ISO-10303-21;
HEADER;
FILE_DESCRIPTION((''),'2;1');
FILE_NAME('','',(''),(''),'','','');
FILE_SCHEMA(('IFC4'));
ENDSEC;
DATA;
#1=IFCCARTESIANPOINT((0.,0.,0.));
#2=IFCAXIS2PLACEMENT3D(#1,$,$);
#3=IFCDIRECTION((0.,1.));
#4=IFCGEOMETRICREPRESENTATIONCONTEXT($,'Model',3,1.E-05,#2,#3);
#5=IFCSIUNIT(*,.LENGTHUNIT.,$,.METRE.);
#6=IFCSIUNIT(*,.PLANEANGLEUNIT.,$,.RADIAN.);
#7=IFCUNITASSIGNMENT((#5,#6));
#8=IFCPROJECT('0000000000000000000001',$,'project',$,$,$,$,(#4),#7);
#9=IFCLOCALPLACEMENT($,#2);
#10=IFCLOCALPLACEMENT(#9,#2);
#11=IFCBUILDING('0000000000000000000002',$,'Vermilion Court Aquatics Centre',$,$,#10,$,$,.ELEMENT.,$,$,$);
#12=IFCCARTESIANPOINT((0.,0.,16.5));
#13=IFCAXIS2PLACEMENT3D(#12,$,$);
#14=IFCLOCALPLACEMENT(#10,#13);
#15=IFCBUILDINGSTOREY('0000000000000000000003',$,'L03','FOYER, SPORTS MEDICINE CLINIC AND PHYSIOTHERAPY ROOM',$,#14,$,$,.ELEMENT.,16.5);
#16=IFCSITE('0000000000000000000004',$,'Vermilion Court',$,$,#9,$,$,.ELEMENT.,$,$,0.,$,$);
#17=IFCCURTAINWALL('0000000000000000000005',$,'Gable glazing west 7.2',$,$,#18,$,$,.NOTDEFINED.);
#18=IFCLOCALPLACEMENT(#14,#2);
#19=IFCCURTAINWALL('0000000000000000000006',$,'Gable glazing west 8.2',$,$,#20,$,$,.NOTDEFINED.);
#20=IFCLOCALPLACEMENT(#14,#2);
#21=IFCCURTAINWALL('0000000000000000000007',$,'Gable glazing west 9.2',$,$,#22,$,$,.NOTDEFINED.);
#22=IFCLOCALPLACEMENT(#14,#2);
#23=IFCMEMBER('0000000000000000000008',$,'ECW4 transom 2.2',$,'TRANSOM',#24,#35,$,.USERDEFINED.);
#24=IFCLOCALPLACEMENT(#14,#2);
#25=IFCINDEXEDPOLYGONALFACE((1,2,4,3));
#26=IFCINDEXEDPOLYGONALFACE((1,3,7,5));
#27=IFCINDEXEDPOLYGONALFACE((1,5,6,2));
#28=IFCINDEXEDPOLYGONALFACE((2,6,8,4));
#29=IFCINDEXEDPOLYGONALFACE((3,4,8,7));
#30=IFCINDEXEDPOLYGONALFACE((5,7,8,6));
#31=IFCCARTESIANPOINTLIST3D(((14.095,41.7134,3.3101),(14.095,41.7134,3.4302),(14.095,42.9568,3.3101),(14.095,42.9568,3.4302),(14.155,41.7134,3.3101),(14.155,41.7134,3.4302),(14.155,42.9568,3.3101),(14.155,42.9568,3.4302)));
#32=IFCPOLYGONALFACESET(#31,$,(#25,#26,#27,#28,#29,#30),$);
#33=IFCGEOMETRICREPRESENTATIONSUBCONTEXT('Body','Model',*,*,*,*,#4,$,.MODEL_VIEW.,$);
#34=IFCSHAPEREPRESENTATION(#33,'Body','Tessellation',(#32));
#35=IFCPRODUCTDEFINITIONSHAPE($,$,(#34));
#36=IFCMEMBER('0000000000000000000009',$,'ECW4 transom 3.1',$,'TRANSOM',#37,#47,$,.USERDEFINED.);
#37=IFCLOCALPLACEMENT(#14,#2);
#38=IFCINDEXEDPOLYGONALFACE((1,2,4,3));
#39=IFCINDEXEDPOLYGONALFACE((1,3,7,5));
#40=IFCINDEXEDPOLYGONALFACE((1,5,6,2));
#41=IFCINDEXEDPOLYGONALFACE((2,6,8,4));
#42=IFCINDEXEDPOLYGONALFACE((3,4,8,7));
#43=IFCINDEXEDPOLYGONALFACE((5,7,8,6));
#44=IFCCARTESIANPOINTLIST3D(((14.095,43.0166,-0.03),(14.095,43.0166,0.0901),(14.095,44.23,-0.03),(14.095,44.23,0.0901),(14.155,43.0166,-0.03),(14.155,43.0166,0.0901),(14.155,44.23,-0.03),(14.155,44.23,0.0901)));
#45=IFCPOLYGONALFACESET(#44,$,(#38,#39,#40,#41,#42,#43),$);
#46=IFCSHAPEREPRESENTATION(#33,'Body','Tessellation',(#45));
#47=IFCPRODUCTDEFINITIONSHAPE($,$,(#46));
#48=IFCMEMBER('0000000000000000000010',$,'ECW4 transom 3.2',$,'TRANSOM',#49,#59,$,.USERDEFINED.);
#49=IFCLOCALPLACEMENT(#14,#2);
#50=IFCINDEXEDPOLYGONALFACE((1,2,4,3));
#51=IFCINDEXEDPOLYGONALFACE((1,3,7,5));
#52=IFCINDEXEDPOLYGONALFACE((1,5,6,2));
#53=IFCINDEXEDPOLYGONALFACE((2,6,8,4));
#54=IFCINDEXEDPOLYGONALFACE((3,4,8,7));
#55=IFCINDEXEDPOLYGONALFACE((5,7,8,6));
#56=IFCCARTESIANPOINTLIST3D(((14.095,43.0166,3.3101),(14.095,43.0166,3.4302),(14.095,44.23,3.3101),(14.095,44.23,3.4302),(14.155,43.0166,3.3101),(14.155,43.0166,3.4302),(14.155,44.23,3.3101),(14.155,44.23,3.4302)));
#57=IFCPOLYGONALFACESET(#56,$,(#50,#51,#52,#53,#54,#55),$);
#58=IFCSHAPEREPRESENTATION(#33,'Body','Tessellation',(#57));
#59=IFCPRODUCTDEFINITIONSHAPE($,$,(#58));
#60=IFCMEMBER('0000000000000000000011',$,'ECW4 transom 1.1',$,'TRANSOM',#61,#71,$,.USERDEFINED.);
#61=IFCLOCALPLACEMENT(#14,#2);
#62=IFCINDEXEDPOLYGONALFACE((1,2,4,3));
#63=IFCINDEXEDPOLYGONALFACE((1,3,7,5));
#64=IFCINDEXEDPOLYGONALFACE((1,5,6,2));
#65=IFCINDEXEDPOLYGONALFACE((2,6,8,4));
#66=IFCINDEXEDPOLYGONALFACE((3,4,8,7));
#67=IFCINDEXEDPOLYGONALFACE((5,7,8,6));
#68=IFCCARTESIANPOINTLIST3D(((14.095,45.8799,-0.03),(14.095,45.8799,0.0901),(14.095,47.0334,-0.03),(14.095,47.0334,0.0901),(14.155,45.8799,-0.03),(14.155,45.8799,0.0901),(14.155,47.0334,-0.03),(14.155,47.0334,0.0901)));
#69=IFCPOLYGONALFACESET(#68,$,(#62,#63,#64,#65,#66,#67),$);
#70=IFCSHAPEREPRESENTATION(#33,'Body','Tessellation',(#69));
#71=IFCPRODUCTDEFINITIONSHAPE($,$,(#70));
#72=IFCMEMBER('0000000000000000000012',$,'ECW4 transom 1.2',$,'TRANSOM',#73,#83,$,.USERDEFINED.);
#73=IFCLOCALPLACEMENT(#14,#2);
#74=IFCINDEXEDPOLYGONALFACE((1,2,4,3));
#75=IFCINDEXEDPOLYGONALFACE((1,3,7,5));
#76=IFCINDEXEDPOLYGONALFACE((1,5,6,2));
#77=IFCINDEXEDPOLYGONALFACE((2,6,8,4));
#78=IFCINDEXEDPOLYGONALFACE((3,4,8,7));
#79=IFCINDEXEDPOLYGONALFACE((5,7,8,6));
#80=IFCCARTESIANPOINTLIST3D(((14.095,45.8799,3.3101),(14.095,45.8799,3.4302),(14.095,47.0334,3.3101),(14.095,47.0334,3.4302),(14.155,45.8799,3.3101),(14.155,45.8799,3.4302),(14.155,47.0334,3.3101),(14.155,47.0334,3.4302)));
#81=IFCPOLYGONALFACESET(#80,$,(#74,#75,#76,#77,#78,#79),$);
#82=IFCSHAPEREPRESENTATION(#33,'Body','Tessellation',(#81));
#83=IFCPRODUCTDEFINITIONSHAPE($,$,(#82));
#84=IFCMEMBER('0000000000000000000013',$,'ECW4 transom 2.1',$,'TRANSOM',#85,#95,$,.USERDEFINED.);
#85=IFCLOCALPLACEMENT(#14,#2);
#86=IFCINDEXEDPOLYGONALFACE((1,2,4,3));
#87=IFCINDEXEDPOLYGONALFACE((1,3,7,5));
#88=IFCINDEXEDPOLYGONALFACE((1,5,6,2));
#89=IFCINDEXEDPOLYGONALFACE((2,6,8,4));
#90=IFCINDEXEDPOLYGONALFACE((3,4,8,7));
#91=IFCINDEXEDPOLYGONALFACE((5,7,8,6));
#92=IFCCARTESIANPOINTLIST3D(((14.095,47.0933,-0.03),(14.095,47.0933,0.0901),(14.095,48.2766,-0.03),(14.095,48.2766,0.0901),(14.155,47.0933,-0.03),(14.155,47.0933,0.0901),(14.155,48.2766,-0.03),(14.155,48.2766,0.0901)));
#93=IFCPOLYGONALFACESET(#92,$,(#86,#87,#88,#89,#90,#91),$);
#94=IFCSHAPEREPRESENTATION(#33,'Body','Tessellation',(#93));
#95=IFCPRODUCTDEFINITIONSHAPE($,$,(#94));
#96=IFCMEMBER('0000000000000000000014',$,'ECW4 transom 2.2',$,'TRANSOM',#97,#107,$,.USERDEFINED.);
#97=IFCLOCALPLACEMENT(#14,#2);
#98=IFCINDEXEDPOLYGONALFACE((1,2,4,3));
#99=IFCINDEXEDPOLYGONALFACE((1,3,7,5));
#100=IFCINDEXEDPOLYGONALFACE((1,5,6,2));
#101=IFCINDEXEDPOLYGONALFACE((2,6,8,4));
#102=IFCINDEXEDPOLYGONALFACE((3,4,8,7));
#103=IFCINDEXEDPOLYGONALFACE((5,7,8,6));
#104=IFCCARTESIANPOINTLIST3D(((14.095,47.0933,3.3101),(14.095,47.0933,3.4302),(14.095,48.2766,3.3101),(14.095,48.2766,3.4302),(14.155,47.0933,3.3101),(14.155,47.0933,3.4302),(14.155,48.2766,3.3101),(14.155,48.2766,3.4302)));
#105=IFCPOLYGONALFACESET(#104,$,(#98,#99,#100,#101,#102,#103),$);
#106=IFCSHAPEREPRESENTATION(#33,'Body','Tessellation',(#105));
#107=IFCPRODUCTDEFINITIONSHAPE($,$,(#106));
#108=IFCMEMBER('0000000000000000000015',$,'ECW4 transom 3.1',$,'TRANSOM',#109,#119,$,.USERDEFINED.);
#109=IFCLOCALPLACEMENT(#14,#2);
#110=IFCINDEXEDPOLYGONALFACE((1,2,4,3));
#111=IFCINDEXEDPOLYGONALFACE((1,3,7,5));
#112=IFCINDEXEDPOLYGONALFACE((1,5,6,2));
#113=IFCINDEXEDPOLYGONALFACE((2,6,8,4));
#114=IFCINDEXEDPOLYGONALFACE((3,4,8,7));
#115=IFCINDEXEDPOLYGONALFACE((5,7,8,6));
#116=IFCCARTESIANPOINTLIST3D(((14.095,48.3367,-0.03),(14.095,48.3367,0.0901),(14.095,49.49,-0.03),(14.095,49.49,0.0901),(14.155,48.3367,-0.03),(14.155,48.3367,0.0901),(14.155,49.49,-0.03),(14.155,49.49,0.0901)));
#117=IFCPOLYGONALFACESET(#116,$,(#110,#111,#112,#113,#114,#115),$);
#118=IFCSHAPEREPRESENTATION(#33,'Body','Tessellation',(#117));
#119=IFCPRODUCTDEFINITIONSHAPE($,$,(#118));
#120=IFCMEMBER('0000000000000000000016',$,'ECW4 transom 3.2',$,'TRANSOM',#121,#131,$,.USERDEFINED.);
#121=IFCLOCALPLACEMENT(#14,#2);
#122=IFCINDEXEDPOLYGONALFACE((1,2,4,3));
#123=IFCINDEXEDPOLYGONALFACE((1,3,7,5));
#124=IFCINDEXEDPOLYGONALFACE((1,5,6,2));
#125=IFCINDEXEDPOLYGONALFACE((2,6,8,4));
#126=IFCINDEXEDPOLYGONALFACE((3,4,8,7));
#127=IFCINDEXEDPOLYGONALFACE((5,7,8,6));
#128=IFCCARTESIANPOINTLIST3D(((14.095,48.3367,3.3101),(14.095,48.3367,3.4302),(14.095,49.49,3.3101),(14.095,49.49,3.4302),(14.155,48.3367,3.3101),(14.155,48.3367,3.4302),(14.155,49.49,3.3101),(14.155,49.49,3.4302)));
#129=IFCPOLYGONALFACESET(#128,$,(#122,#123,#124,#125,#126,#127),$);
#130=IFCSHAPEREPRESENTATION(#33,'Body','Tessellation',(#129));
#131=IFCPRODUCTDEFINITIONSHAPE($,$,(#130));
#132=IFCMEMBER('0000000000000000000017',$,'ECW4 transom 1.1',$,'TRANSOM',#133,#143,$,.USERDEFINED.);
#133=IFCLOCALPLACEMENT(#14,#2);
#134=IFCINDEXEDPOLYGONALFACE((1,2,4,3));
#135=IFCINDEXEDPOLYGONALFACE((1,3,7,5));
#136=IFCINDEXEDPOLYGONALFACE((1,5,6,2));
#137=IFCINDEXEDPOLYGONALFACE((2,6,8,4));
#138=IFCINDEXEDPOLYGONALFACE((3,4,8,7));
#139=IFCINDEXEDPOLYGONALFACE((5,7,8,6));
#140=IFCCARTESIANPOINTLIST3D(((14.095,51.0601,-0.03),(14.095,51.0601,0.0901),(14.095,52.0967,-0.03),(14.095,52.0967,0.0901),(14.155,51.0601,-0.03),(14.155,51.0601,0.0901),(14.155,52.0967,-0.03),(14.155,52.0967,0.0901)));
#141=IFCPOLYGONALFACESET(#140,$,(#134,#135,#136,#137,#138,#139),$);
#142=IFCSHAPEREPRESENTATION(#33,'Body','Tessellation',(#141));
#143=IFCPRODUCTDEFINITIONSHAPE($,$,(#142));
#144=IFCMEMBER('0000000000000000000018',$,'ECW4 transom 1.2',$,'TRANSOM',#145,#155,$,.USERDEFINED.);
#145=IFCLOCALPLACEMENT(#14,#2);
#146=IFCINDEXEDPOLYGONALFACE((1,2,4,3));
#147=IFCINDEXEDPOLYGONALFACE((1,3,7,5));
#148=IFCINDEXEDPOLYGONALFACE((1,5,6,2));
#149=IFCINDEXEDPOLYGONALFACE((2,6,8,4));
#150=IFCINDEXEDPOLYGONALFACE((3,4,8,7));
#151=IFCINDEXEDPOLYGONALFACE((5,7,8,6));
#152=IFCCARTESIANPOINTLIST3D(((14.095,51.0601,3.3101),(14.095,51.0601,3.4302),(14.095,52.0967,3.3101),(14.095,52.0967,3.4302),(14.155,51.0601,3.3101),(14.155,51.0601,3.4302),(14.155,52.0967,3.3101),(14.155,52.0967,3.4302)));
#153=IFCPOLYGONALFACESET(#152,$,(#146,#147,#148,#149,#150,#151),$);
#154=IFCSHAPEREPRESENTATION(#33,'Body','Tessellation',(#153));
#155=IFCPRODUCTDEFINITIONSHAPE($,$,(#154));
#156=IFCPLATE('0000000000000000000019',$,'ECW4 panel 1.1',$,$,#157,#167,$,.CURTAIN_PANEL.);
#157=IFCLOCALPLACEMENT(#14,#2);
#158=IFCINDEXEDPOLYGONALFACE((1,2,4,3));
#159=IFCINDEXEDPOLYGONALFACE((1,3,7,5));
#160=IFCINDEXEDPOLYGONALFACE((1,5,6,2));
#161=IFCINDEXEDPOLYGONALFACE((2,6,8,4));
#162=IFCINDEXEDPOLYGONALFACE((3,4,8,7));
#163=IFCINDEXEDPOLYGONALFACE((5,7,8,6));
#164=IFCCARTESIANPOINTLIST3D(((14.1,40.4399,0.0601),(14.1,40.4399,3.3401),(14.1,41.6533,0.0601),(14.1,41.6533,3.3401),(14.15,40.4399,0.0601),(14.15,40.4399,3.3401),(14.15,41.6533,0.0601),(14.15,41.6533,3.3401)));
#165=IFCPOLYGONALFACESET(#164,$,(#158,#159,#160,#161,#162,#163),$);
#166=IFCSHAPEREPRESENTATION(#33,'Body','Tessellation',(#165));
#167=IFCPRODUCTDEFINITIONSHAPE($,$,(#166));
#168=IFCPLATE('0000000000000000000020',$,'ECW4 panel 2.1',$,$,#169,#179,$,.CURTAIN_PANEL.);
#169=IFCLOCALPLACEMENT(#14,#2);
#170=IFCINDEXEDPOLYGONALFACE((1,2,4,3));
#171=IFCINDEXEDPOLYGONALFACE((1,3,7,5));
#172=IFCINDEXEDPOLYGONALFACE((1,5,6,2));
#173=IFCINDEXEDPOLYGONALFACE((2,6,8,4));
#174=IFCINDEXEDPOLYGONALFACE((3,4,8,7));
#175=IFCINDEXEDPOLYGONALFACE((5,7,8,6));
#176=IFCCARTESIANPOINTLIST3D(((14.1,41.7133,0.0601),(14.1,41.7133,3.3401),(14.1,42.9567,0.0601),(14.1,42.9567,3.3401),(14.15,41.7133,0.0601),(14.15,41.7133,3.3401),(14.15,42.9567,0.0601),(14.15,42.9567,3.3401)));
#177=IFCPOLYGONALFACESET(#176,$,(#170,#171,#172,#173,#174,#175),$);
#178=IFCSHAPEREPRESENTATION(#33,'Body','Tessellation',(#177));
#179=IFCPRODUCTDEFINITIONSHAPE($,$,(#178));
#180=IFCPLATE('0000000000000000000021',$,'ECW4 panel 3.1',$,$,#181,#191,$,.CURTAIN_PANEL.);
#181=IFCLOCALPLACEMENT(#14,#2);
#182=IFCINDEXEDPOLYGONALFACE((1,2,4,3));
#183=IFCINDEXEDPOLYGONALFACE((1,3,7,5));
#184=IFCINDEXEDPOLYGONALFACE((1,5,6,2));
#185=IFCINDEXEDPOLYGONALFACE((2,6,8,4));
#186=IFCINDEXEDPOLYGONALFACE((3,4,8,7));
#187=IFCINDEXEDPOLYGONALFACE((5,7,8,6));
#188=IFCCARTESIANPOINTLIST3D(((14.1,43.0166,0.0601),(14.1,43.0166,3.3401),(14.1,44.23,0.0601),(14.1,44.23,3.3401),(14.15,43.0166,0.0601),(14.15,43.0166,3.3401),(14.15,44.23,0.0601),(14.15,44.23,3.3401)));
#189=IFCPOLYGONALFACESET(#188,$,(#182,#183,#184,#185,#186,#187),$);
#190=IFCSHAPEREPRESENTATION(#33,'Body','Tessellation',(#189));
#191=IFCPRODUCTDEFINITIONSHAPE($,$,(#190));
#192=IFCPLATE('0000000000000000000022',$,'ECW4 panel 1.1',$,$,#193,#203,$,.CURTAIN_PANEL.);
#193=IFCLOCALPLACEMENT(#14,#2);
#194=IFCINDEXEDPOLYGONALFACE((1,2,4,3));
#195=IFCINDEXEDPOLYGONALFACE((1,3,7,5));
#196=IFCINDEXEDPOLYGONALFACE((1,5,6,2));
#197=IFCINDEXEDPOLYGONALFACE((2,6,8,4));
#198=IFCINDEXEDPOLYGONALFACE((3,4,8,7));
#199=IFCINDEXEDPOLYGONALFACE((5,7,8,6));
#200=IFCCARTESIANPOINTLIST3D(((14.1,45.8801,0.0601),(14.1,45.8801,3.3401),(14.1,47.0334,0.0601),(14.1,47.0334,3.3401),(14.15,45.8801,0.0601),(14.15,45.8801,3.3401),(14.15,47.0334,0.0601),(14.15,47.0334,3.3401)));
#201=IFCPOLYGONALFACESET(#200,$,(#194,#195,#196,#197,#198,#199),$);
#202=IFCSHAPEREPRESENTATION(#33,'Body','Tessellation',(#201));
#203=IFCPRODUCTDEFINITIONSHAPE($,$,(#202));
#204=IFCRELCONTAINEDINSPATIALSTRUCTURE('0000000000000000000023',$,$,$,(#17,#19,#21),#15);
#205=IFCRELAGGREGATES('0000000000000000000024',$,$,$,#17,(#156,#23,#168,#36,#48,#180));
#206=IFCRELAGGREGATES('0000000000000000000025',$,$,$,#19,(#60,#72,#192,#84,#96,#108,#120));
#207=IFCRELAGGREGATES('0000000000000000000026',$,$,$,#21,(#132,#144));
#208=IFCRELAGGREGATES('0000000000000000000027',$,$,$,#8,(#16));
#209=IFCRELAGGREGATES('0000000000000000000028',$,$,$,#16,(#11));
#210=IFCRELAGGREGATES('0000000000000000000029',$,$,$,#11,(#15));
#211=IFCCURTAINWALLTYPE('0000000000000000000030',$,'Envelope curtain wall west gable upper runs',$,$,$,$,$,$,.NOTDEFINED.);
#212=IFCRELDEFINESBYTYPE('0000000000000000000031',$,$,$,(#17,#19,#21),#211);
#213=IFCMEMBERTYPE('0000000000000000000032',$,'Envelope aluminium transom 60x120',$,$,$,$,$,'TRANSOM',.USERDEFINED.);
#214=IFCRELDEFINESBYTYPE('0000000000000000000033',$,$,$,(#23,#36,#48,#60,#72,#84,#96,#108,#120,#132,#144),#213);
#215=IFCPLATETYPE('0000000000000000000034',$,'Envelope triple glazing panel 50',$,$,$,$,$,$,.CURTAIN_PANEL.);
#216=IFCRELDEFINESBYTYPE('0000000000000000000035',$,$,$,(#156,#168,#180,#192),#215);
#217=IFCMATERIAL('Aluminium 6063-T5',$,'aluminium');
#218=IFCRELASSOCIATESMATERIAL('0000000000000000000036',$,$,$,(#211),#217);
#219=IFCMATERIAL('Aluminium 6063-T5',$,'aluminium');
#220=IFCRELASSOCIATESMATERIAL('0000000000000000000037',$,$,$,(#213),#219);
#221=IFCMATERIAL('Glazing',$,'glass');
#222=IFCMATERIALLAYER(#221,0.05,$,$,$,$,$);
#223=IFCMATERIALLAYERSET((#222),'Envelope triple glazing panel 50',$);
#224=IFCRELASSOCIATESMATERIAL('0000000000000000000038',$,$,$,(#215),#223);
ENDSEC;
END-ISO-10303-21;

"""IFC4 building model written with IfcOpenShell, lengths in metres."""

from ifc_helpers import new_model, si_unit, direction, frame, origin, origin_2d, place, context, subcontext, project, spatial, rectangle, extrude, material, layer, layer_set, material_profile, profile_set, type_object, element, aggregate, save


model = new_model("IFC4")

# Units and contexts
model_context = context("Model", 3, precision=1e-05, world=origin(), true_north=direction((0.0, 1.0)))
body_context = subcontext(model_context, "Body", "Model", "MODEL_VIEW")
ifc_project = project(units=[si_unit("LENGTHUNIT", "METRE"), si_unit("PLANEANGLEUNIT", "RADIAN")], contexts=[model_context])

# Site, building, storey
site_placement = place(None, origin())
site = spatial("IfcSite", under=ifc_project, at=site_placement, Name="Vermilion Court", CompositionType="ELEMENT", RefElevation=0.0)
building_placement = place(site_placement, origin())
building = spatial("IfcBuilding", under=site, at=building_placement, Name="Vermilion Court Aquatics Centre", CompositionType="ELEMENT")
storey_placement = place(building_placement, frame((0.0, 0.0, 16.5)))
storey = spatial("IfcBuildingStorey", under=building, at=storey_placement, Name="L03", Description="FOYER, SPORTS MEDICINE CLINIC AND PHYSIOTHERAPY ROOM", CompositionType="ELEMENT", Elevation=16.5)

# Curtain walls
ifc_material_1 = material(Name="Aluminium 6063-T5", Category="aluminium")
curtain_wall_type = type_object("IfcCurtainWallType", Name="Envelope curtain wall west gable upper runs", PredefinedType="NOTDEFINED", material=ifc_material_1)
curtain_wall_1_placement = place(storey_placement, origin())
curtain_wall_1 = element("IfcCurtainWall", 1, at=curtain_wall_1_placement, inside=storey, type_object=curtain_wall_type, Name="Gable glazing west 7.2", PredefinedType="NOTDEFINED")
curtain_wall_2_placement = place(storey_placement, origin())
curtain_wall_2 = element("IfcCurtainWall", 2, at=curtain_wall_2_placement, inside=storey, type_object=curtain_wall_type, Name="Gable glazing west 8.2", PredefinedType="NOTDEFINED")
curtain_wall_3_placement = place(storey_placement, origin())
curtain_wall_3 = element("IfcCurtainWall", 3, at=curtain_wall_3_placement, inside=storey, type_object=curtain_wall_type, Name="Gable glazing west 9.2", PredefinedType="NOTDEFINED")

# Members
ifc_material_2 = material(Name="Aluminium 6063-T5", Category="aluminium")
ifc_material_profile_1 = material_profile(ifc_material_2, rectangle(XDim=0.0601, YDim=0.1201, at=origin_2d()), Name="AL 60x120")
ifc_profile_set_1 = profile_set([ifc_material_profile_1], Name="Aluminium 6063-T5")
member_type_1 = type_object("IfcMemberType", Name="Envelope aluminium transom 60x120", ElementType="TRANSOM", PredefinedType="USERDEFINED", material=ifc_profile_set_1)
member_1_placement = place(storey_placement, frame((14.125, 41.7134, 3.3701), z_axis=(0.0, 1.0, 0.0), x_axis=(-1.0, 0.0, 0.0)))
member_1 = element("IfcMember", 4, at=member_1_placement, type_object=member_type_1, Name="ECW4 transom 2.2", ObjectType="TRANSOM", PredefinedType="USERDEFINED", context=body_context, shape_type="SweptSolid", body=[
    extrude(rectangle(XDim=0.0601, YDim=0.1201, at=origin_2d()), origin(), (0.0, 0.0, 1.0), 1.2434),
])
member_2_placement = place(storey_placement, frame((14.125, 43.0166, 0.03), z_axis=(0.0, 1.0, 0.0), x_axis=(-1.0, 0.0, 0.0)))
member_2 = element("IfcMember", 5, at=member_2_placement, type_object=member_type_1, Name="ECW4 transom 3.1", ObjectType="TRANSOM", PredefinedType="USERDEFINED", context=body_context, shape_type="SweptSolid", body=[
    extrude(rectangle(XDim=0.0601, YDim=0.1201, at=origin_2d()), origin(), (0.0, 0.0, 1.0), 1.2134),
])
member_3_placement = place(storey_placement, frame((14.125, 43.0166, 3.3701), z_axis=(0.0, 1.0, 0.0), x_axis=(-1.0, 0.0, 0.0)))
member_3 = element("IfcMember", 6, at=member_3_placement, type_object=member_type_1, Name="ECW4 transom 3.2", ObjectType="TRANSOM", PredefinedType="USERDEFINED", context=body_context, shape_type="SweptSolid", body=[
    extrude(rectangle(XDim=0.0601, YDim=0.1201, at=origin_2d()), origin(), (0.0, 0.0, 1.0), 1.2134),
])
member_4_placement = place(storey_placement, frame((14.125, 45.8799, 0.03), z_axis=(0.0, 1.0, 0.0), x_axis=(-1.0, 0.0, 0.0)))
member_4 = element("IfcMember", 7, at=member_4_placement, type_object=member_type_1, Name="ECW4 transom 1.1", ObjectType="TRANSOM", PredefinedType="USERDEFINED", context=body_context, shape_type="SweptSolid", body=[
    extrude(rectangle(XDim=0.0601, YDim=0.1201, at=origin_2d()), origin(), (0.0, 0.0, 1.0), 1.1536),
])
member_5_placement = place(storey_placement, frame((14.125, 45.8799, 3.3701), z_axis=(0.0, 1.0, 0.0), x_axis=(-1.0, 0.0, 0.0)))
member_5 = element("IfcMember", 8, at=member_5_placement, type_object=member_type_1, Name="ECW4 transom 1.2", ObjectType="TRANSOM", PredefinedType="USERDEFINED", context=body_context, shape_type="SweptSolid", body=[
    extrude(rectangle(XDim=0.0601, YDim=0.1201, at=origin_2d()), origin(), (0.0, 0.0, 1.0), 1.1536),
])
member_6_placement = place(storey_placement, frame((14.125, 47.0933, 0.03), z_axis=(0.0, 1.0, 0.0), x_axis=(-1.0, 0.0, 0.0)))
member_6 = element("IfcMember", 9, at=member_6_placement, type_object=member_type_1, Name="ECW4 transom 2.1", ObjectType="TRANSOM", PredefinedType="USERDEFINED", context=body_context, shape_type="SweptSolid", body=[
    extrude(rectangle(XDim=0.0601, YDim=0.1201, at=origin_2d()), origin(), (0.0, 0.0, 1.0), 1.1833),
])
member_7_placement = place(storey_placement, frame((14.125, 47.0933, 3.3701), z_axis=(0.0, 1.0, 0.0), x_axis=(-1.0, 0.0, 0.0)))
member_7 = element("IfcMember", 10, at=member_7_placement, type_object=member_type_1, Name="ECW4 transom 2.2", ObjectType="TRANSOM", PredefinedType="USERDEFINED", context=body_context, shape_type="SweptSolid", body=[
    extrude(rectangle(XDim=0.0601, YDim=0.1201, at=origin_2d()), origin(), (0.0, 0.0, 1.0), 1.1833),
])
member_8_placement = place(storey_placement, frame((14.125, 48.3367, 0.03), z_axis=(0.0, 1.0, 0.0), x_axis=(-1.0, 0.0, 0.0)))
member_8 = element("IfcMember", 11, at=member_8_placement, type_object=member_type_1, Name="ECW4 transom 3.1", ObjectType="TRANSOM", PredefinedType="USERDEFINED", context=body_context, shape_type="SweptSolid", body=[
    extrude(rectangle(XDim=0.0601, YDim=0.1201, at=origin_2d()), origin(), (0.0, 0.0, 1.0), 1.1533),
])
member_9_placement = place(storey_placement, frame((14.125, 48.3367, 3.3701), z_axis=(0.0, 1.0, 0.0), x_axis=(-1.0, 0.0, 0.0)))
member_9 = element("IfcMember", 12, at=member_9_placement, type_object=member_type_1, Name="ECW4 transom 3.2", ObjectType="TRANSOM", PredefinedType="USERDEFINED", context=body_context, shape_type="SweptSolid", body=[
    extrude(rectangle(XDim=0.0601, YDim=0.1201, at=origin_2d()), origin(), (0.0, 0.0, 1.0), 1.1533),
])
member_10_placement = place(storey_placement, frame((14.125, 51.0601, 0.03), z_axis=(0.0, 1.0, 0.0), x_axis=(-1.0, 0.0, 0.0)))
member_10 = element("IfcMember", 13, at=member_10_placement, type_object=member_type_1, Name="ECW4 transom 1.1", ObjectType="TRANSOM", PredefinedType="USERDEFINED", context=body_context, shape_type="SweptSolid", body=[
    extrude(rectangle(XDim=0.0601, YDim=0.1201, at=origin_2d()), origin(), (0.0, 0.0, 1.0), 1.0366),
])
member_11_placement = place(storey_placement, frame((14.125, 51.0601, 3.3701), z_axis=(0.0, 1.0, 0.0), x_axis=(-1.0, 0.0, 0.0)))
member_11 = element("IfcMember", 14, at=member_11_placement, type_object=member_type_1, Name="ECW4 transom 1.2", ObjectType="TRANSOM", PredefinedType="USERDEFINED", context=body_context, shape_type="SweptSolid", body=[
    extrude(rectangle(XDim=0.0601, YDim=0.1201, at=origin_2d()), origin(), (0.0, 0.0, 1.0), 1.0366),
])

# Plates
ifc_material_3 = material(Name="Glazing", Category="glass")
ifc_layer = layer(ifc_material_3, 0.05)
ifc_layer_set = layer_set([ifc_layer], Name="Envelope triple glazing panel 50")
plate_type = type_object("IfcPlateType", Name="Envelope triple glazing panel 50", PredefinedType="CURTAIN_PANEL", material=ifc_layer_set)
plate_1_placement = place(storey_placement, frame((14.125, 41.0466, 0.0601), z_axis=(0.0, 0.0, 1.0), x_axis=(0.0, 1.0, 0.0)))
plate_1 = element("IfcPlate", 15, at=plate_1_placement, type_object=plate_type, Name="ECW4 panel 1.1", PredefinedType="CURTAIN_PANEL", context=body_context, shape_type="SweptSolid", body=[
    extrude(rectangle(XDim=1.2134, YDim=0.05, at=origin_2d()), origin(), (0.0, 0.0, 1.0), 3.28),
])
plate_2_placement = place(storey_placement, frame((14.125, 42.335, 0.0601), z_axis=(0.0, 0.0, 1.0), x_axis=(0.0, 1.0, 0.0)))
plate_2 = element("IfcPlate", 16, at=plate_2_placement, type_object=plate_type, Name="ECW4 panel 2.1", PredefinedType="CURTAIN_PANEL", context=body_context, shape_type="SweptSolid", body=[
    extrude(rectangle(XDim=1.2434, YDim=0.05, at=origin_2d()), origin(), (0.0, 0.0, 1.0), 3.28),
])
plate_3_placement = place(storey_placement, frame((14.125, 43.6233, 0.0601), z_axis=(0.0, 0.0, 1.0), x_axis=(0.0, 1.0, 0.0)))
plate_3 = element("IfcPlate", 17, at=plate_3_placement, type_object=plate_type, Name="ECW4 panel 3.1", PredefinedType="CURTAIN_PANEL", context=body_context, shape_type="SweptSolid", body=[
    extrude(rectangle(XDim=1.2134, YDim=0.05, at=origin_2d()), origin(), (0.0, 0.0, 1.0), 3.28),
])
aggregate(curtain_wall_1, [plate_1, member_1, plate_2, member_2, member_3, plate_3])
plate_4_placement = place(storey_placement, frame((14.125, 46.4568, 0.0601), z_axis=(0.0, 0.0, 1.0), x_axis=(0.0, 1.0, 0.0)))
plate_4 = element("IfcPlate", 18, at=plate_4_placement, type_object=plate_type, Name="ECW4 panel 1.1", PredefinedType="CURTAIN_PANEL", context=body_context, shape_type="SweptSolid", body=[
    extrude(rectangle(XDim=1.1533, YDim=0.05, at=origin_2d()), origin(), (0.0, 0.0, 1.0), 3.28),
])
aggregate(curtain_wall_2, [member_4, member_5, plate_4, member_6, member_7, member_8, member_9])
aggregate(curtain_wall_3, [member_10, member_11])

save(model, "model.ifc")
